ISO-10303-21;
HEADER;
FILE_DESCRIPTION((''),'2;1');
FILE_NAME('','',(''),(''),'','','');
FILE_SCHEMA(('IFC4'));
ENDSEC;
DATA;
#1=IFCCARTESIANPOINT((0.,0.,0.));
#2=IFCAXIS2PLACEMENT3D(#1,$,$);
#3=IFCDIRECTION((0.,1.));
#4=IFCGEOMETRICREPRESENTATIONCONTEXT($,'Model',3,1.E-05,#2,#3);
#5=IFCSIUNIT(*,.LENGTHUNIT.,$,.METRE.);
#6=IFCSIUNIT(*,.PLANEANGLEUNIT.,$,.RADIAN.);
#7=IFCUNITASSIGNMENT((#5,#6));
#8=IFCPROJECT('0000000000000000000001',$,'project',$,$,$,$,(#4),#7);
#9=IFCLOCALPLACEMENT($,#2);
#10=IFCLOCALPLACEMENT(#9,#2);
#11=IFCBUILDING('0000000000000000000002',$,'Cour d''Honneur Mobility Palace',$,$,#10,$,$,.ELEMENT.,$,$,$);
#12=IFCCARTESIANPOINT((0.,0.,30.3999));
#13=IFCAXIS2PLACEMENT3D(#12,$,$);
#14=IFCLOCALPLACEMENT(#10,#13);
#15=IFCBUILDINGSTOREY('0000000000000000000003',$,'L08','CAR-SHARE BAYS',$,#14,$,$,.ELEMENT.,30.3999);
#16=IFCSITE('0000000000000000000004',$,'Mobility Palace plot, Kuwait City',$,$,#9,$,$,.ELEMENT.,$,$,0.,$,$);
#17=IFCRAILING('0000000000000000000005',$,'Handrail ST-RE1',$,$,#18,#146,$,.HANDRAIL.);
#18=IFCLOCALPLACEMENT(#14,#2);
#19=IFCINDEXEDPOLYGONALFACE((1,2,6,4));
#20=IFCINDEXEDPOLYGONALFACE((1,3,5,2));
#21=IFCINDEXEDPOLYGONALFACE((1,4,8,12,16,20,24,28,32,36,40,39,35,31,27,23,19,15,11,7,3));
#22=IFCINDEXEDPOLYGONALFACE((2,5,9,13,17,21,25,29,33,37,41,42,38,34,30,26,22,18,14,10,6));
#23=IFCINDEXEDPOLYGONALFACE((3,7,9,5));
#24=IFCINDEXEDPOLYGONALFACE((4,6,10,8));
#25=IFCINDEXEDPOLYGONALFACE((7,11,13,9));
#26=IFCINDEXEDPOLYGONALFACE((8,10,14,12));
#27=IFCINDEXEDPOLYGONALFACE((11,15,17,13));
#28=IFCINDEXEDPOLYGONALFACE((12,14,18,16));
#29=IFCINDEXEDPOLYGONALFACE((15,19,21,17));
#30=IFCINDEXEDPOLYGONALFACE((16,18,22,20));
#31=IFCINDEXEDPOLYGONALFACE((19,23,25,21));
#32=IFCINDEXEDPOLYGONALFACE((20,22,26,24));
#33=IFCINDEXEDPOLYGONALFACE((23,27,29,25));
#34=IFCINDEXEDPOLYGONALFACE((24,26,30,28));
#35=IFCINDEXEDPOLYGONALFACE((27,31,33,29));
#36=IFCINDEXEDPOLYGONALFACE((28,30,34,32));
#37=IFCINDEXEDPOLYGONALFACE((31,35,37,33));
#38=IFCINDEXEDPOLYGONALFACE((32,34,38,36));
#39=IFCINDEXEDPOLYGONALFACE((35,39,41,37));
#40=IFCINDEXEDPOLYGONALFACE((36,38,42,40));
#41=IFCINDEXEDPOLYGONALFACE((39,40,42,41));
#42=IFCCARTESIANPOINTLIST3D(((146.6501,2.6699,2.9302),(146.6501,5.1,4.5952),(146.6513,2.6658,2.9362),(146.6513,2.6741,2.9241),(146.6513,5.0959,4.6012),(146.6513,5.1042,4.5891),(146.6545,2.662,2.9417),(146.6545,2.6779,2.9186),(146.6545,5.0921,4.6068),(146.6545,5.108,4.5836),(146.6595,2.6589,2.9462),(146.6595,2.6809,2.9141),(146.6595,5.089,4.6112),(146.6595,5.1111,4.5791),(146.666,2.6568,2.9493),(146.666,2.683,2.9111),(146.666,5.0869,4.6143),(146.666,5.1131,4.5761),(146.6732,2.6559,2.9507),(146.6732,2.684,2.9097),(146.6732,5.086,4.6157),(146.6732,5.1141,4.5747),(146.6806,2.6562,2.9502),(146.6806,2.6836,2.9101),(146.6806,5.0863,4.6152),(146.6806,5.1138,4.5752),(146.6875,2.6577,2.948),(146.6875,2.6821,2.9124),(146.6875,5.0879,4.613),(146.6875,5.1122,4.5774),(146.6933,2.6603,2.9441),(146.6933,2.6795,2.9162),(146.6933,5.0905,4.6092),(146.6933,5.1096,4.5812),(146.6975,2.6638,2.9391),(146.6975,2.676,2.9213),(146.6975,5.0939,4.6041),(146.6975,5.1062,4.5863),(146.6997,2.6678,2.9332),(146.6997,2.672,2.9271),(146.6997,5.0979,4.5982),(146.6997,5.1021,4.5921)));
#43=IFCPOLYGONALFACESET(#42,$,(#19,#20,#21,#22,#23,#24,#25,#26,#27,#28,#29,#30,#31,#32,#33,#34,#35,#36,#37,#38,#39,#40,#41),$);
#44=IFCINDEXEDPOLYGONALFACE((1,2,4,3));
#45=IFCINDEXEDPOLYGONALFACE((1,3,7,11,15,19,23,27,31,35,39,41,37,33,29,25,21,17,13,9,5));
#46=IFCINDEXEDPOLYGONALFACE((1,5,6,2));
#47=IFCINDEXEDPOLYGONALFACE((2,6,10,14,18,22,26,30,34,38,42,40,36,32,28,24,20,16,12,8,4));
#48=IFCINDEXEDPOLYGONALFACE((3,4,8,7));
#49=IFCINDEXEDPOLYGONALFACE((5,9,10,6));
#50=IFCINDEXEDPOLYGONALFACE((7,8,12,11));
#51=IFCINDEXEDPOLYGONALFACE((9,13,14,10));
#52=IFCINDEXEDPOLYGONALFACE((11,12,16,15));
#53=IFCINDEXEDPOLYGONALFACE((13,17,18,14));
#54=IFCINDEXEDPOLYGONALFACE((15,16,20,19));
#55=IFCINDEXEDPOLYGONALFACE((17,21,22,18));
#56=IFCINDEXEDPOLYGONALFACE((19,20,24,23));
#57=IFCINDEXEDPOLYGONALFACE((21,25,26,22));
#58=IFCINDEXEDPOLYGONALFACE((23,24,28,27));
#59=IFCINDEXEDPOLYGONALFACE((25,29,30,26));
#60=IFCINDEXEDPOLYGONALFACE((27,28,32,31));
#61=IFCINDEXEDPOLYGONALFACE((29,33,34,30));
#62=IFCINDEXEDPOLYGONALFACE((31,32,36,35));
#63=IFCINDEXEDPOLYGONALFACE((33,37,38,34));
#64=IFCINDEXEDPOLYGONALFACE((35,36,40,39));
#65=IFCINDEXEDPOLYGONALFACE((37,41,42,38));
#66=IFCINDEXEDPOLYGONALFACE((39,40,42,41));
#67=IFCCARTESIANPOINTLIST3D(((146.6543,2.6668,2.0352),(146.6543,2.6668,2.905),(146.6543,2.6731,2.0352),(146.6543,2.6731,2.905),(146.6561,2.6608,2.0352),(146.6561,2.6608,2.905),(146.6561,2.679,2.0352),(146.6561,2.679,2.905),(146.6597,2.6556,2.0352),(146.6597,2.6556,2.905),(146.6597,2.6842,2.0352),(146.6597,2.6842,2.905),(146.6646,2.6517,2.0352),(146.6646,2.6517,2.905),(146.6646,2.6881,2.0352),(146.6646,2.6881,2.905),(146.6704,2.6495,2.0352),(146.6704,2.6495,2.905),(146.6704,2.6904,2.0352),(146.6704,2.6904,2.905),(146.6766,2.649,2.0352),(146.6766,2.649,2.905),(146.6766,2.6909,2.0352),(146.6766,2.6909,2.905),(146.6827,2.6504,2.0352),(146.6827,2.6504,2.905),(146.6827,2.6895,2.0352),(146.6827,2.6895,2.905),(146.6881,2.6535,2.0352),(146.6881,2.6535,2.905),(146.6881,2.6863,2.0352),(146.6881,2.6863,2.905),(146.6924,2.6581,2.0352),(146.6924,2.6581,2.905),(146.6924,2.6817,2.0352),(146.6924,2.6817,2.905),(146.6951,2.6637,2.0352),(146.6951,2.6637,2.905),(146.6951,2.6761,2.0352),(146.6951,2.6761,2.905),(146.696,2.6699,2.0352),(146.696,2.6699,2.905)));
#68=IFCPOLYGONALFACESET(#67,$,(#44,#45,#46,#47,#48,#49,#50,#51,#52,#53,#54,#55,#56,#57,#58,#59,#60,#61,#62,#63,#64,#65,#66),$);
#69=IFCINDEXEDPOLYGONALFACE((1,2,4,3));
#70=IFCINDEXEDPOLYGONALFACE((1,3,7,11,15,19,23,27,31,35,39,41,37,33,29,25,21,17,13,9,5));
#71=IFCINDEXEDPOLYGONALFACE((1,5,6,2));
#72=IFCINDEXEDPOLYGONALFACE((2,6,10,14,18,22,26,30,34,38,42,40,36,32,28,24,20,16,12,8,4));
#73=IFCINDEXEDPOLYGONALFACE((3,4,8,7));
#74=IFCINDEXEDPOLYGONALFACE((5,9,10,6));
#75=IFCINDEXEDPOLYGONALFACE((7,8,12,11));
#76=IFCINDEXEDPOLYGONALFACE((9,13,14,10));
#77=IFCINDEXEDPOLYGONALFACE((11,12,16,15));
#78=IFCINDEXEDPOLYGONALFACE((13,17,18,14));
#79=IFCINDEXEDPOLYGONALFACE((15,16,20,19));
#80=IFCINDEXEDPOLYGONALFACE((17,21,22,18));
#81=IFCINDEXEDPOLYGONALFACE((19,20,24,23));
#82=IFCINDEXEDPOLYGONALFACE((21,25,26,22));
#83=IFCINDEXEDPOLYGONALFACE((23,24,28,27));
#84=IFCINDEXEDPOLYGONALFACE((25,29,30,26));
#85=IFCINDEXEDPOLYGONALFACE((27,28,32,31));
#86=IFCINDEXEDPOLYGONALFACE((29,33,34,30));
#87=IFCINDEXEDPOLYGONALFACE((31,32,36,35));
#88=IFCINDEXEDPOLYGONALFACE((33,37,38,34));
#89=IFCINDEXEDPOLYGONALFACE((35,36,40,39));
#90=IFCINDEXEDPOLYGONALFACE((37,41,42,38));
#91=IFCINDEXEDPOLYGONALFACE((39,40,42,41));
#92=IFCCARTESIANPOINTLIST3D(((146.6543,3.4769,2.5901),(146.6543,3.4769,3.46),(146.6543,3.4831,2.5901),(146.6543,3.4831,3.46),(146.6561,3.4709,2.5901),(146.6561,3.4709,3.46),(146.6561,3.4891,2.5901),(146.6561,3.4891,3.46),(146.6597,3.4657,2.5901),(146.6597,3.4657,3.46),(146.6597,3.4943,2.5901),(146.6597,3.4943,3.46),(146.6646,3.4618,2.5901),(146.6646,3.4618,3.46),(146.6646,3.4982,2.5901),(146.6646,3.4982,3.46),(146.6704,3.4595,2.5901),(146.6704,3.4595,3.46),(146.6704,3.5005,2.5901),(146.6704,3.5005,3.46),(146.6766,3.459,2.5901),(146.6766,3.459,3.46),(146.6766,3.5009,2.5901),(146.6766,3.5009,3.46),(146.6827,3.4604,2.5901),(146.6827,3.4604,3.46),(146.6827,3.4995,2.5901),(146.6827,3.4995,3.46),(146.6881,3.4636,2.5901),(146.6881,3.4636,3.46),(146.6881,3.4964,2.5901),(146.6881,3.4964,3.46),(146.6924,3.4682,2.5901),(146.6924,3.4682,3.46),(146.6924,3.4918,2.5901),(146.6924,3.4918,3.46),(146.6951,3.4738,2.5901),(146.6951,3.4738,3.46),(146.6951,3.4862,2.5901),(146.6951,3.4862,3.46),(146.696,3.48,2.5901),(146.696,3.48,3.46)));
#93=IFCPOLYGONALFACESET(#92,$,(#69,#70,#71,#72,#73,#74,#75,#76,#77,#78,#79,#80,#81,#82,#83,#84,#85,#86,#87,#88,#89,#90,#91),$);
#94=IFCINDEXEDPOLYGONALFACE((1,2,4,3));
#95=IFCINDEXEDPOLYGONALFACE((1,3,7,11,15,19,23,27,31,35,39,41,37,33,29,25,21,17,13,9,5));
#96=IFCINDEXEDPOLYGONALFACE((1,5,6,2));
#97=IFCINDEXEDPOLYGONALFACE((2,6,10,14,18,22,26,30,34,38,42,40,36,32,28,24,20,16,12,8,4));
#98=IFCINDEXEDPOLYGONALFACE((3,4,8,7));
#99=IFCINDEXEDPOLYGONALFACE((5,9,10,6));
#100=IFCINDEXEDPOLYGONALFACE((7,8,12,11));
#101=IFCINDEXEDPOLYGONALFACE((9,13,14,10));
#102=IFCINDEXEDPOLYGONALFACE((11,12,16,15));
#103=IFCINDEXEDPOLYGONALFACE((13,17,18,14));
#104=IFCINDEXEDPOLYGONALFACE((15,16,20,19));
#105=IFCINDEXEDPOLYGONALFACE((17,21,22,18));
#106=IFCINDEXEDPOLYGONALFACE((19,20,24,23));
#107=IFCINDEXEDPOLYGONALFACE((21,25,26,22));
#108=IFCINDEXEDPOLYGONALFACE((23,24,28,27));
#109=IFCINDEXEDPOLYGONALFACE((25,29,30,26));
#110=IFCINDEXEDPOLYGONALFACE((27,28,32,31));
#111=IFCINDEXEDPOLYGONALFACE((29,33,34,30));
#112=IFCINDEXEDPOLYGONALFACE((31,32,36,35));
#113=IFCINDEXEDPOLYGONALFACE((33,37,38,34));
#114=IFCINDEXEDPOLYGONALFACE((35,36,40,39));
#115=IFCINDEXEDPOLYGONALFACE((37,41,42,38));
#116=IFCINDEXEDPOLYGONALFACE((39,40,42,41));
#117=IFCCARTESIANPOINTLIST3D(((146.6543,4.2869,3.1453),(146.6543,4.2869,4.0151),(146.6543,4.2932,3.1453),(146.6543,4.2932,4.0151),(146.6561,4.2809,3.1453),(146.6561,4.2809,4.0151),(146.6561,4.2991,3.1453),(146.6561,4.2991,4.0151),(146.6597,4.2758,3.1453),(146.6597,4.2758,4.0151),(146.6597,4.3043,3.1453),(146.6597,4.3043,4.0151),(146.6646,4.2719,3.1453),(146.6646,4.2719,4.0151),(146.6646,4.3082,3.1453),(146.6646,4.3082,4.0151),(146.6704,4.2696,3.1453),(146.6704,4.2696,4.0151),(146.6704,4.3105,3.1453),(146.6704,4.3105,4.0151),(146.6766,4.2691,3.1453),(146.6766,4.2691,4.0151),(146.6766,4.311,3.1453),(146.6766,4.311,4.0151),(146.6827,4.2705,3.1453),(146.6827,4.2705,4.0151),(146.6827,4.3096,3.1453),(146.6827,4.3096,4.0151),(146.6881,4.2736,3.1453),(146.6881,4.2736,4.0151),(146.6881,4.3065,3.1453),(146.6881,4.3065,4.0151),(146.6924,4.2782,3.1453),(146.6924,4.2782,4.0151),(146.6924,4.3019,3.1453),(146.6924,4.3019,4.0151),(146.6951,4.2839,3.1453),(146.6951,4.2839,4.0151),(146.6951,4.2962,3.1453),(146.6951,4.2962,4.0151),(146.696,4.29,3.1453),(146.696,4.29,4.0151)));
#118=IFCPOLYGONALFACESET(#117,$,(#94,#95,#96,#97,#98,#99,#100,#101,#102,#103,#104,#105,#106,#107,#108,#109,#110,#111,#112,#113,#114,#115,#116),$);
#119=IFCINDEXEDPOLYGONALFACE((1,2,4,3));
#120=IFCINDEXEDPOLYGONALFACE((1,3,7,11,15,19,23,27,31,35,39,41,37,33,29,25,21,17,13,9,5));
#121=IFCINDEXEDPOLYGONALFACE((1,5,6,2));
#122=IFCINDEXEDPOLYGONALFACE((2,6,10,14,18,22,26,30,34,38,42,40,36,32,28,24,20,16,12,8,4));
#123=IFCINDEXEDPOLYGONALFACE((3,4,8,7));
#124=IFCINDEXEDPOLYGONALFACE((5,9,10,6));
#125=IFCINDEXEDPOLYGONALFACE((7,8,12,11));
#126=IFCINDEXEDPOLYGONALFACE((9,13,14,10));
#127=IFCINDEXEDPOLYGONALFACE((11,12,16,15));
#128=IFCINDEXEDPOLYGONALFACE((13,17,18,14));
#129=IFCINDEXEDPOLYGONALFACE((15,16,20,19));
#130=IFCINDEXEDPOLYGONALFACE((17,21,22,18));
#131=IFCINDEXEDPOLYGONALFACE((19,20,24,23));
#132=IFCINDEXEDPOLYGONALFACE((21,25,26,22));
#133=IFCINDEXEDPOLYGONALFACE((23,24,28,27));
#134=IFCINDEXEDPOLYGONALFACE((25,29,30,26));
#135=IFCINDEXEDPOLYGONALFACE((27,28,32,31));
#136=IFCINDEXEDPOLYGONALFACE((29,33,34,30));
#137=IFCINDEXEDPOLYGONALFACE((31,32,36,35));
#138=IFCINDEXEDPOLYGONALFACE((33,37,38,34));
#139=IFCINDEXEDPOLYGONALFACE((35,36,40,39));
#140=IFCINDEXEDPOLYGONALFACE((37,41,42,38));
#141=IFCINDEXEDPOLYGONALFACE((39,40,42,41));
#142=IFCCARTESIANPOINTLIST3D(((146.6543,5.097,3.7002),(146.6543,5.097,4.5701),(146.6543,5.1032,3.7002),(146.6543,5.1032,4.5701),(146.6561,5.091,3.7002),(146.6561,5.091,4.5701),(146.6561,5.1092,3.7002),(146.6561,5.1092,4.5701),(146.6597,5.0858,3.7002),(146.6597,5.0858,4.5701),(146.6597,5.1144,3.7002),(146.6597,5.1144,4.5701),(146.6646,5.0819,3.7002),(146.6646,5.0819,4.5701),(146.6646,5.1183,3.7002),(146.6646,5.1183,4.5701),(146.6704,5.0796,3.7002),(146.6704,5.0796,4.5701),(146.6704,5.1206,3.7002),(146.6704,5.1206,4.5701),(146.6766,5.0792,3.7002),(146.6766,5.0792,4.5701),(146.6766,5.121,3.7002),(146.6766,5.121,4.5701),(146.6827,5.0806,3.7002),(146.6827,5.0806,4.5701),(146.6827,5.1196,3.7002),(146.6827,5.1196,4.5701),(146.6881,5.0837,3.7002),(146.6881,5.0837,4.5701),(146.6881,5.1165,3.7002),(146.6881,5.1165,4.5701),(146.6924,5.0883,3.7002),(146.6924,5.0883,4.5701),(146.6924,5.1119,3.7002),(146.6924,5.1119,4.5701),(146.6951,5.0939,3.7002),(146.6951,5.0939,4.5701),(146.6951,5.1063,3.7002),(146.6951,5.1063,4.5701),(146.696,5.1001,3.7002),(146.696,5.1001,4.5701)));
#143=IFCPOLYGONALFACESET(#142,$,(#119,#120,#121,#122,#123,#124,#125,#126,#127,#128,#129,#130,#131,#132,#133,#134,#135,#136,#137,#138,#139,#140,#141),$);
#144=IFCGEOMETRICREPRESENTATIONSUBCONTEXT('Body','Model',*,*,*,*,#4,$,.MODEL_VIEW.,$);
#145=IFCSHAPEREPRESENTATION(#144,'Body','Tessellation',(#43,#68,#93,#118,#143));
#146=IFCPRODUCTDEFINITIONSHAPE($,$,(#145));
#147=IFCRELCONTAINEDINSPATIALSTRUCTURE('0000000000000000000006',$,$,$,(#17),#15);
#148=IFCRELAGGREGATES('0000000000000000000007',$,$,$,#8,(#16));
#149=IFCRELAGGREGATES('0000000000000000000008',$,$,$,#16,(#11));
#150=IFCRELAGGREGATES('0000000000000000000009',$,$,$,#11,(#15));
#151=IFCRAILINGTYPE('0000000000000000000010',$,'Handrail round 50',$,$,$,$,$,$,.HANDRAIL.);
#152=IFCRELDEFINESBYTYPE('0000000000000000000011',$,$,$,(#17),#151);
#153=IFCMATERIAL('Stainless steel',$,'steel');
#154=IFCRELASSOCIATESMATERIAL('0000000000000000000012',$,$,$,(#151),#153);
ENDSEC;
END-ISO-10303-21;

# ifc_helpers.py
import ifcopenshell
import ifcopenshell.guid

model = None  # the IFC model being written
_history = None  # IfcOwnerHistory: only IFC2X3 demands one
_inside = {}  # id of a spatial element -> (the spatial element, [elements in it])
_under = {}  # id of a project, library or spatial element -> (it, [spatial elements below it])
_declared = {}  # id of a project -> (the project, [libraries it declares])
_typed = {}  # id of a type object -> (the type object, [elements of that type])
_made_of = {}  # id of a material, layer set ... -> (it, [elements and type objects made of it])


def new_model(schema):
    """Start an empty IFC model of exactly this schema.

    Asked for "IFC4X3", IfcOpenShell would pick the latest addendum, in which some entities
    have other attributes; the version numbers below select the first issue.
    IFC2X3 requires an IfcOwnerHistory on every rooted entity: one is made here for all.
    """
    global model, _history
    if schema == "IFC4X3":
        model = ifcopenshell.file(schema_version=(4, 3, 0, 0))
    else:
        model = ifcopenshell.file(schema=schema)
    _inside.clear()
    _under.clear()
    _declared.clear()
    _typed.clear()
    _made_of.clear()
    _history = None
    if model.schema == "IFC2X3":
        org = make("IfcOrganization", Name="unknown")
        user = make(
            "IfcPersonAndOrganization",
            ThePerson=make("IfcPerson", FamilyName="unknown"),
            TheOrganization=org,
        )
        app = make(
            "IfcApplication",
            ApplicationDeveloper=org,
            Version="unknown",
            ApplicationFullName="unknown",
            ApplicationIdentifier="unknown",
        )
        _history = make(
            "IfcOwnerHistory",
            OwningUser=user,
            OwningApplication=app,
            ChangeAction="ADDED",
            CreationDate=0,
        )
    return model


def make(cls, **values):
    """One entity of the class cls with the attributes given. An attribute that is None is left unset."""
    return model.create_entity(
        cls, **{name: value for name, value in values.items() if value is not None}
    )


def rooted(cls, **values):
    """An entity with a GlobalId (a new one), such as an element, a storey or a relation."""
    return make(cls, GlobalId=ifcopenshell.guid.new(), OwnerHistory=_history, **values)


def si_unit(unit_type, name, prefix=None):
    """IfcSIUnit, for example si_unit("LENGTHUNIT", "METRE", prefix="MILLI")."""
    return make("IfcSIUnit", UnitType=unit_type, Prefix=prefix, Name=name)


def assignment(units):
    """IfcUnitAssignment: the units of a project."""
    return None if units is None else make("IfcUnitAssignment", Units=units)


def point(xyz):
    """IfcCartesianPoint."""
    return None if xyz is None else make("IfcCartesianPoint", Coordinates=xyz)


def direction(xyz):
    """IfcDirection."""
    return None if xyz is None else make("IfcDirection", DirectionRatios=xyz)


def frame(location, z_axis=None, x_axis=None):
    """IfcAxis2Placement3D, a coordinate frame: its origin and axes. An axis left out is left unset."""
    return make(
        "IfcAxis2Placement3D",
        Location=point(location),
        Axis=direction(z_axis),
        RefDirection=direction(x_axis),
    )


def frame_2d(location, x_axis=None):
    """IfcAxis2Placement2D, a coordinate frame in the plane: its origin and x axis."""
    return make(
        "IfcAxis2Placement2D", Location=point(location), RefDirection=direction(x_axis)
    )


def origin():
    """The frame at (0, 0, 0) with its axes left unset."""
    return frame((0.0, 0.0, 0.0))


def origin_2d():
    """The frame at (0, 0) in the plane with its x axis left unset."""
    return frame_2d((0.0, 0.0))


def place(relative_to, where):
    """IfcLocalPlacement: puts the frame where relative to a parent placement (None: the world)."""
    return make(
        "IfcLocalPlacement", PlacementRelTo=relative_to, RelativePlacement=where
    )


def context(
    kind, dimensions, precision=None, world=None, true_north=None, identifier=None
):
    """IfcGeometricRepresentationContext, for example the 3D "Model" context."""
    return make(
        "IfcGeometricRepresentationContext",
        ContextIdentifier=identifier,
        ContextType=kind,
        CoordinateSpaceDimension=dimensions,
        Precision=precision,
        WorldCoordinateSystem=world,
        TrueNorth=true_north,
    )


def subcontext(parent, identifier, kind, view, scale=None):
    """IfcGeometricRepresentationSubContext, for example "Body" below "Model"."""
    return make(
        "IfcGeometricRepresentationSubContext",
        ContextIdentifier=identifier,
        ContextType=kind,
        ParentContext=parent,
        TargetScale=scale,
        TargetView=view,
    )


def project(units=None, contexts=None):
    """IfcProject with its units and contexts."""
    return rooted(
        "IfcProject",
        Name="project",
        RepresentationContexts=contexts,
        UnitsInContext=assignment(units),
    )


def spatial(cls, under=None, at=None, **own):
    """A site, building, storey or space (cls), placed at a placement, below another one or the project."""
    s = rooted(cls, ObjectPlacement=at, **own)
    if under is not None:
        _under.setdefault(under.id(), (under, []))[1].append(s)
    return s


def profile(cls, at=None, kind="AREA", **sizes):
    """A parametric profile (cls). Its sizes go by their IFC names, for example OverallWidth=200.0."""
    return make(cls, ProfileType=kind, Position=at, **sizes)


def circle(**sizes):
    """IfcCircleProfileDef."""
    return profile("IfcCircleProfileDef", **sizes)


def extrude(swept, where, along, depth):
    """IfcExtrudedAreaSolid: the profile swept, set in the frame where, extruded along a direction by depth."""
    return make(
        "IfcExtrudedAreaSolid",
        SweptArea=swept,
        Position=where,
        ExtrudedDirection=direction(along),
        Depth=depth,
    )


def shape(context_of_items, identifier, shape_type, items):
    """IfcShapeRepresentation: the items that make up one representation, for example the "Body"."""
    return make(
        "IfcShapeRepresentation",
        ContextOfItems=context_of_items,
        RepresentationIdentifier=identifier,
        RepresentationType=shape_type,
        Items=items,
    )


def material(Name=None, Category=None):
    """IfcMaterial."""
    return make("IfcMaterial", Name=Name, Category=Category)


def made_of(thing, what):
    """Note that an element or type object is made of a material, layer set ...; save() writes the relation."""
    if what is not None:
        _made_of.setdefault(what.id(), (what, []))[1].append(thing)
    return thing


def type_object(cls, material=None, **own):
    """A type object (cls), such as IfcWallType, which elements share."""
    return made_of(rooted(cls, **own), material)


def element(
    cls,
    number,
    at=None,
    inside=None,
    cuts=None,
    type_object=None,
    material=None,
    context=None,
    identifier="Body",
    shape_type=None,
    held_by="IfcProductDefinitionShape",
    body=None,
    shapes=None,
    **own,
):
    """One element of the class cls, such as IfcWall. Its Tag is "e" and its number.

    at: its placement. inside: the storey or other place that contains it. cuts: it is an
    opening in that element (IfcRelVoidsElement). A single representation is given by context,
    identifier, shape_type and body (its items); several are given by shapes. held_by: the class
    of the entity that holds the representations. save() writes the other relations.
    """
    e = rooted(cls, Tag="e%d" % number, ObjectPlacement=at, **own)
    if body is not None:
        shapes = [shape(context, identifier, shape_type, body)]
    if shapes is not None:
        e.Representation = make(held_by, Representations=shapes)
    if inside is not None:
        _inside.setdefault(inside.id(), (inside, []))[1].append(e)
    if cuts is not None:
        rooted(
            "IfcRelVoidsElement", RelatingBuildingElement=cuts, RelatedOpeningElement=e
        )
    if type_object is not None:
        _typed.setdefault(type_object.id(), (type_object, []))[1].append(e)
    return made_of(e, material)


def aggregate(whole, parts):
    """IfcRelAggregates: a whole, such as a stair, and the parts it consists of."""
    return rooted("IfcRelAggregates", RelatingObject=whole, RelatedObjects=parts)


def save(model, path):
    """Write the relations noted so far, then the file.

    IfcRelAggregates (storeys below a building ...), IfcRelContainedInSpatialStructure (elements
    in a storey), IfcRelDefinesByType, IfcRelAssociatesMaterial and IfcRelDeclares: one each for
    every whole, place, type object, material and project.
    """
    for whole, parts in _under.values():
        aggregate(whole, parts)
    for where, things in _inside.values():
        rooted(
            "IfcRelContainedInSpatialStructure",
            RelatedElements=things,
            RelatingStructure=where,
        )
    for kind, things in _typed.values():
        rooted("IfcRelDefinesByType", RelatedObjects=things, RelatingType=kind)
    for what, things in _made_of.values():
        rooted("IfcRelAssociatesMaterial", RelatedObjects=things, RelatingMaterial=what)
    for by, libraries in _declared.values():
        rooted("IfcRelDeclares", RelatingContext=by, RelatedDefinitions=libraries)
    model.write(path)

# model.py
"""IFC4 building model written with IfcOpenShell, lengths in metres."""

from ifc_helpers import new_model, si_unit, direction, frame, origin, origin_2d, place, context, subcontext, project, spatial, circle, extrude, material, type_object, element, save


model = new_model("IFC4")

# Units and contexts
model_context = context("Model", 3, precision=1e-05, world=origin(), true_north=direction((0.0, 1.0)))
body_context = subcontext(model_context, "Body", "Model", "MODEL_VIEW")
ifc_project = project(units=[si_unit("LENGTHUNIT", "METRE"), si_unit("PLANEANGLEUNIT", "RADIAN")], contexts=[model_context])

# Site, building, storey
site_placement = place(None, origin())
site = spatial("IfcSite", under=ifc_project, at=site_placement, Name="Mobility Palace plot, Kuwait City", CompositionType="ELEMENT", RefElevation=0.0)
building_placement = place(site_placement, origin())
building = spatial("IfcBuilding", under=site, at=building_placement, Name="Cour d'Honneur Mobility Palace", CompositionType="ELEMENT")
storey_placement = place(building_placement, frame((0.0, 0.0, 30.3999)))
storey = spatial("IfcBuildingStorey", under=building, at=storey_placement, Name="L08", Description="CAR-SHARE BAYS", CompositionType="ELEMENT", Elevation=30.3999)

# Railing
ifc_material_1 = material(Name="Stainless steel", Category="steel")
railing_type_1 = type_object("IfcRailingType", Name="Handrail round 50", PredefinedType="HANDRAIL", material=ifc_material_1)
for number, where, name in (
    (1, (146.675, 2.6699, 2.0352), "Handrail ST-RE1"),
):
    element("IfcRailing", number, at=place(storey_placement, frame(where)), inside=storey, type_object=railing_type_1, Name=name, PredefinedType="HANDRAIL", context=body_context, shape_type="SweptSolid", body=[
        extrude(circle(Radius=0.0249, at=origin_2d()), frame((0.0, 0.0, 0.895), z_axis=(0.0, 0.824945, 0.565213), x_axis=(-1.0, 0.0, 0.0)), (0.0, 0.0, 1.0), 2.9458),
        extrude(circle(Radius=0.021, at=origin_2d()), origin(), (0.0, 0.0, 1.0), 0.8699),
        extrude(circle(Radius=0.021, at=origin_2d()), frame((0.0, 0.8101, 0.5549)), (0.0, 0.0, 1.0), 0.8699),
        extrude(circle(Radius=0.021, at=origin_2d()), frame((0.0, 1.6201, 1.1101)), (0.0, 0.0, 1.0), 0.8699),
        extrude(circle(Radius=0.021, at=origin_2d()), frame((0.0, 2.4302, 1.665)), (0.0, 0.0, 1.0), 0.8699),
    ])

save(model, "model.ifc")
